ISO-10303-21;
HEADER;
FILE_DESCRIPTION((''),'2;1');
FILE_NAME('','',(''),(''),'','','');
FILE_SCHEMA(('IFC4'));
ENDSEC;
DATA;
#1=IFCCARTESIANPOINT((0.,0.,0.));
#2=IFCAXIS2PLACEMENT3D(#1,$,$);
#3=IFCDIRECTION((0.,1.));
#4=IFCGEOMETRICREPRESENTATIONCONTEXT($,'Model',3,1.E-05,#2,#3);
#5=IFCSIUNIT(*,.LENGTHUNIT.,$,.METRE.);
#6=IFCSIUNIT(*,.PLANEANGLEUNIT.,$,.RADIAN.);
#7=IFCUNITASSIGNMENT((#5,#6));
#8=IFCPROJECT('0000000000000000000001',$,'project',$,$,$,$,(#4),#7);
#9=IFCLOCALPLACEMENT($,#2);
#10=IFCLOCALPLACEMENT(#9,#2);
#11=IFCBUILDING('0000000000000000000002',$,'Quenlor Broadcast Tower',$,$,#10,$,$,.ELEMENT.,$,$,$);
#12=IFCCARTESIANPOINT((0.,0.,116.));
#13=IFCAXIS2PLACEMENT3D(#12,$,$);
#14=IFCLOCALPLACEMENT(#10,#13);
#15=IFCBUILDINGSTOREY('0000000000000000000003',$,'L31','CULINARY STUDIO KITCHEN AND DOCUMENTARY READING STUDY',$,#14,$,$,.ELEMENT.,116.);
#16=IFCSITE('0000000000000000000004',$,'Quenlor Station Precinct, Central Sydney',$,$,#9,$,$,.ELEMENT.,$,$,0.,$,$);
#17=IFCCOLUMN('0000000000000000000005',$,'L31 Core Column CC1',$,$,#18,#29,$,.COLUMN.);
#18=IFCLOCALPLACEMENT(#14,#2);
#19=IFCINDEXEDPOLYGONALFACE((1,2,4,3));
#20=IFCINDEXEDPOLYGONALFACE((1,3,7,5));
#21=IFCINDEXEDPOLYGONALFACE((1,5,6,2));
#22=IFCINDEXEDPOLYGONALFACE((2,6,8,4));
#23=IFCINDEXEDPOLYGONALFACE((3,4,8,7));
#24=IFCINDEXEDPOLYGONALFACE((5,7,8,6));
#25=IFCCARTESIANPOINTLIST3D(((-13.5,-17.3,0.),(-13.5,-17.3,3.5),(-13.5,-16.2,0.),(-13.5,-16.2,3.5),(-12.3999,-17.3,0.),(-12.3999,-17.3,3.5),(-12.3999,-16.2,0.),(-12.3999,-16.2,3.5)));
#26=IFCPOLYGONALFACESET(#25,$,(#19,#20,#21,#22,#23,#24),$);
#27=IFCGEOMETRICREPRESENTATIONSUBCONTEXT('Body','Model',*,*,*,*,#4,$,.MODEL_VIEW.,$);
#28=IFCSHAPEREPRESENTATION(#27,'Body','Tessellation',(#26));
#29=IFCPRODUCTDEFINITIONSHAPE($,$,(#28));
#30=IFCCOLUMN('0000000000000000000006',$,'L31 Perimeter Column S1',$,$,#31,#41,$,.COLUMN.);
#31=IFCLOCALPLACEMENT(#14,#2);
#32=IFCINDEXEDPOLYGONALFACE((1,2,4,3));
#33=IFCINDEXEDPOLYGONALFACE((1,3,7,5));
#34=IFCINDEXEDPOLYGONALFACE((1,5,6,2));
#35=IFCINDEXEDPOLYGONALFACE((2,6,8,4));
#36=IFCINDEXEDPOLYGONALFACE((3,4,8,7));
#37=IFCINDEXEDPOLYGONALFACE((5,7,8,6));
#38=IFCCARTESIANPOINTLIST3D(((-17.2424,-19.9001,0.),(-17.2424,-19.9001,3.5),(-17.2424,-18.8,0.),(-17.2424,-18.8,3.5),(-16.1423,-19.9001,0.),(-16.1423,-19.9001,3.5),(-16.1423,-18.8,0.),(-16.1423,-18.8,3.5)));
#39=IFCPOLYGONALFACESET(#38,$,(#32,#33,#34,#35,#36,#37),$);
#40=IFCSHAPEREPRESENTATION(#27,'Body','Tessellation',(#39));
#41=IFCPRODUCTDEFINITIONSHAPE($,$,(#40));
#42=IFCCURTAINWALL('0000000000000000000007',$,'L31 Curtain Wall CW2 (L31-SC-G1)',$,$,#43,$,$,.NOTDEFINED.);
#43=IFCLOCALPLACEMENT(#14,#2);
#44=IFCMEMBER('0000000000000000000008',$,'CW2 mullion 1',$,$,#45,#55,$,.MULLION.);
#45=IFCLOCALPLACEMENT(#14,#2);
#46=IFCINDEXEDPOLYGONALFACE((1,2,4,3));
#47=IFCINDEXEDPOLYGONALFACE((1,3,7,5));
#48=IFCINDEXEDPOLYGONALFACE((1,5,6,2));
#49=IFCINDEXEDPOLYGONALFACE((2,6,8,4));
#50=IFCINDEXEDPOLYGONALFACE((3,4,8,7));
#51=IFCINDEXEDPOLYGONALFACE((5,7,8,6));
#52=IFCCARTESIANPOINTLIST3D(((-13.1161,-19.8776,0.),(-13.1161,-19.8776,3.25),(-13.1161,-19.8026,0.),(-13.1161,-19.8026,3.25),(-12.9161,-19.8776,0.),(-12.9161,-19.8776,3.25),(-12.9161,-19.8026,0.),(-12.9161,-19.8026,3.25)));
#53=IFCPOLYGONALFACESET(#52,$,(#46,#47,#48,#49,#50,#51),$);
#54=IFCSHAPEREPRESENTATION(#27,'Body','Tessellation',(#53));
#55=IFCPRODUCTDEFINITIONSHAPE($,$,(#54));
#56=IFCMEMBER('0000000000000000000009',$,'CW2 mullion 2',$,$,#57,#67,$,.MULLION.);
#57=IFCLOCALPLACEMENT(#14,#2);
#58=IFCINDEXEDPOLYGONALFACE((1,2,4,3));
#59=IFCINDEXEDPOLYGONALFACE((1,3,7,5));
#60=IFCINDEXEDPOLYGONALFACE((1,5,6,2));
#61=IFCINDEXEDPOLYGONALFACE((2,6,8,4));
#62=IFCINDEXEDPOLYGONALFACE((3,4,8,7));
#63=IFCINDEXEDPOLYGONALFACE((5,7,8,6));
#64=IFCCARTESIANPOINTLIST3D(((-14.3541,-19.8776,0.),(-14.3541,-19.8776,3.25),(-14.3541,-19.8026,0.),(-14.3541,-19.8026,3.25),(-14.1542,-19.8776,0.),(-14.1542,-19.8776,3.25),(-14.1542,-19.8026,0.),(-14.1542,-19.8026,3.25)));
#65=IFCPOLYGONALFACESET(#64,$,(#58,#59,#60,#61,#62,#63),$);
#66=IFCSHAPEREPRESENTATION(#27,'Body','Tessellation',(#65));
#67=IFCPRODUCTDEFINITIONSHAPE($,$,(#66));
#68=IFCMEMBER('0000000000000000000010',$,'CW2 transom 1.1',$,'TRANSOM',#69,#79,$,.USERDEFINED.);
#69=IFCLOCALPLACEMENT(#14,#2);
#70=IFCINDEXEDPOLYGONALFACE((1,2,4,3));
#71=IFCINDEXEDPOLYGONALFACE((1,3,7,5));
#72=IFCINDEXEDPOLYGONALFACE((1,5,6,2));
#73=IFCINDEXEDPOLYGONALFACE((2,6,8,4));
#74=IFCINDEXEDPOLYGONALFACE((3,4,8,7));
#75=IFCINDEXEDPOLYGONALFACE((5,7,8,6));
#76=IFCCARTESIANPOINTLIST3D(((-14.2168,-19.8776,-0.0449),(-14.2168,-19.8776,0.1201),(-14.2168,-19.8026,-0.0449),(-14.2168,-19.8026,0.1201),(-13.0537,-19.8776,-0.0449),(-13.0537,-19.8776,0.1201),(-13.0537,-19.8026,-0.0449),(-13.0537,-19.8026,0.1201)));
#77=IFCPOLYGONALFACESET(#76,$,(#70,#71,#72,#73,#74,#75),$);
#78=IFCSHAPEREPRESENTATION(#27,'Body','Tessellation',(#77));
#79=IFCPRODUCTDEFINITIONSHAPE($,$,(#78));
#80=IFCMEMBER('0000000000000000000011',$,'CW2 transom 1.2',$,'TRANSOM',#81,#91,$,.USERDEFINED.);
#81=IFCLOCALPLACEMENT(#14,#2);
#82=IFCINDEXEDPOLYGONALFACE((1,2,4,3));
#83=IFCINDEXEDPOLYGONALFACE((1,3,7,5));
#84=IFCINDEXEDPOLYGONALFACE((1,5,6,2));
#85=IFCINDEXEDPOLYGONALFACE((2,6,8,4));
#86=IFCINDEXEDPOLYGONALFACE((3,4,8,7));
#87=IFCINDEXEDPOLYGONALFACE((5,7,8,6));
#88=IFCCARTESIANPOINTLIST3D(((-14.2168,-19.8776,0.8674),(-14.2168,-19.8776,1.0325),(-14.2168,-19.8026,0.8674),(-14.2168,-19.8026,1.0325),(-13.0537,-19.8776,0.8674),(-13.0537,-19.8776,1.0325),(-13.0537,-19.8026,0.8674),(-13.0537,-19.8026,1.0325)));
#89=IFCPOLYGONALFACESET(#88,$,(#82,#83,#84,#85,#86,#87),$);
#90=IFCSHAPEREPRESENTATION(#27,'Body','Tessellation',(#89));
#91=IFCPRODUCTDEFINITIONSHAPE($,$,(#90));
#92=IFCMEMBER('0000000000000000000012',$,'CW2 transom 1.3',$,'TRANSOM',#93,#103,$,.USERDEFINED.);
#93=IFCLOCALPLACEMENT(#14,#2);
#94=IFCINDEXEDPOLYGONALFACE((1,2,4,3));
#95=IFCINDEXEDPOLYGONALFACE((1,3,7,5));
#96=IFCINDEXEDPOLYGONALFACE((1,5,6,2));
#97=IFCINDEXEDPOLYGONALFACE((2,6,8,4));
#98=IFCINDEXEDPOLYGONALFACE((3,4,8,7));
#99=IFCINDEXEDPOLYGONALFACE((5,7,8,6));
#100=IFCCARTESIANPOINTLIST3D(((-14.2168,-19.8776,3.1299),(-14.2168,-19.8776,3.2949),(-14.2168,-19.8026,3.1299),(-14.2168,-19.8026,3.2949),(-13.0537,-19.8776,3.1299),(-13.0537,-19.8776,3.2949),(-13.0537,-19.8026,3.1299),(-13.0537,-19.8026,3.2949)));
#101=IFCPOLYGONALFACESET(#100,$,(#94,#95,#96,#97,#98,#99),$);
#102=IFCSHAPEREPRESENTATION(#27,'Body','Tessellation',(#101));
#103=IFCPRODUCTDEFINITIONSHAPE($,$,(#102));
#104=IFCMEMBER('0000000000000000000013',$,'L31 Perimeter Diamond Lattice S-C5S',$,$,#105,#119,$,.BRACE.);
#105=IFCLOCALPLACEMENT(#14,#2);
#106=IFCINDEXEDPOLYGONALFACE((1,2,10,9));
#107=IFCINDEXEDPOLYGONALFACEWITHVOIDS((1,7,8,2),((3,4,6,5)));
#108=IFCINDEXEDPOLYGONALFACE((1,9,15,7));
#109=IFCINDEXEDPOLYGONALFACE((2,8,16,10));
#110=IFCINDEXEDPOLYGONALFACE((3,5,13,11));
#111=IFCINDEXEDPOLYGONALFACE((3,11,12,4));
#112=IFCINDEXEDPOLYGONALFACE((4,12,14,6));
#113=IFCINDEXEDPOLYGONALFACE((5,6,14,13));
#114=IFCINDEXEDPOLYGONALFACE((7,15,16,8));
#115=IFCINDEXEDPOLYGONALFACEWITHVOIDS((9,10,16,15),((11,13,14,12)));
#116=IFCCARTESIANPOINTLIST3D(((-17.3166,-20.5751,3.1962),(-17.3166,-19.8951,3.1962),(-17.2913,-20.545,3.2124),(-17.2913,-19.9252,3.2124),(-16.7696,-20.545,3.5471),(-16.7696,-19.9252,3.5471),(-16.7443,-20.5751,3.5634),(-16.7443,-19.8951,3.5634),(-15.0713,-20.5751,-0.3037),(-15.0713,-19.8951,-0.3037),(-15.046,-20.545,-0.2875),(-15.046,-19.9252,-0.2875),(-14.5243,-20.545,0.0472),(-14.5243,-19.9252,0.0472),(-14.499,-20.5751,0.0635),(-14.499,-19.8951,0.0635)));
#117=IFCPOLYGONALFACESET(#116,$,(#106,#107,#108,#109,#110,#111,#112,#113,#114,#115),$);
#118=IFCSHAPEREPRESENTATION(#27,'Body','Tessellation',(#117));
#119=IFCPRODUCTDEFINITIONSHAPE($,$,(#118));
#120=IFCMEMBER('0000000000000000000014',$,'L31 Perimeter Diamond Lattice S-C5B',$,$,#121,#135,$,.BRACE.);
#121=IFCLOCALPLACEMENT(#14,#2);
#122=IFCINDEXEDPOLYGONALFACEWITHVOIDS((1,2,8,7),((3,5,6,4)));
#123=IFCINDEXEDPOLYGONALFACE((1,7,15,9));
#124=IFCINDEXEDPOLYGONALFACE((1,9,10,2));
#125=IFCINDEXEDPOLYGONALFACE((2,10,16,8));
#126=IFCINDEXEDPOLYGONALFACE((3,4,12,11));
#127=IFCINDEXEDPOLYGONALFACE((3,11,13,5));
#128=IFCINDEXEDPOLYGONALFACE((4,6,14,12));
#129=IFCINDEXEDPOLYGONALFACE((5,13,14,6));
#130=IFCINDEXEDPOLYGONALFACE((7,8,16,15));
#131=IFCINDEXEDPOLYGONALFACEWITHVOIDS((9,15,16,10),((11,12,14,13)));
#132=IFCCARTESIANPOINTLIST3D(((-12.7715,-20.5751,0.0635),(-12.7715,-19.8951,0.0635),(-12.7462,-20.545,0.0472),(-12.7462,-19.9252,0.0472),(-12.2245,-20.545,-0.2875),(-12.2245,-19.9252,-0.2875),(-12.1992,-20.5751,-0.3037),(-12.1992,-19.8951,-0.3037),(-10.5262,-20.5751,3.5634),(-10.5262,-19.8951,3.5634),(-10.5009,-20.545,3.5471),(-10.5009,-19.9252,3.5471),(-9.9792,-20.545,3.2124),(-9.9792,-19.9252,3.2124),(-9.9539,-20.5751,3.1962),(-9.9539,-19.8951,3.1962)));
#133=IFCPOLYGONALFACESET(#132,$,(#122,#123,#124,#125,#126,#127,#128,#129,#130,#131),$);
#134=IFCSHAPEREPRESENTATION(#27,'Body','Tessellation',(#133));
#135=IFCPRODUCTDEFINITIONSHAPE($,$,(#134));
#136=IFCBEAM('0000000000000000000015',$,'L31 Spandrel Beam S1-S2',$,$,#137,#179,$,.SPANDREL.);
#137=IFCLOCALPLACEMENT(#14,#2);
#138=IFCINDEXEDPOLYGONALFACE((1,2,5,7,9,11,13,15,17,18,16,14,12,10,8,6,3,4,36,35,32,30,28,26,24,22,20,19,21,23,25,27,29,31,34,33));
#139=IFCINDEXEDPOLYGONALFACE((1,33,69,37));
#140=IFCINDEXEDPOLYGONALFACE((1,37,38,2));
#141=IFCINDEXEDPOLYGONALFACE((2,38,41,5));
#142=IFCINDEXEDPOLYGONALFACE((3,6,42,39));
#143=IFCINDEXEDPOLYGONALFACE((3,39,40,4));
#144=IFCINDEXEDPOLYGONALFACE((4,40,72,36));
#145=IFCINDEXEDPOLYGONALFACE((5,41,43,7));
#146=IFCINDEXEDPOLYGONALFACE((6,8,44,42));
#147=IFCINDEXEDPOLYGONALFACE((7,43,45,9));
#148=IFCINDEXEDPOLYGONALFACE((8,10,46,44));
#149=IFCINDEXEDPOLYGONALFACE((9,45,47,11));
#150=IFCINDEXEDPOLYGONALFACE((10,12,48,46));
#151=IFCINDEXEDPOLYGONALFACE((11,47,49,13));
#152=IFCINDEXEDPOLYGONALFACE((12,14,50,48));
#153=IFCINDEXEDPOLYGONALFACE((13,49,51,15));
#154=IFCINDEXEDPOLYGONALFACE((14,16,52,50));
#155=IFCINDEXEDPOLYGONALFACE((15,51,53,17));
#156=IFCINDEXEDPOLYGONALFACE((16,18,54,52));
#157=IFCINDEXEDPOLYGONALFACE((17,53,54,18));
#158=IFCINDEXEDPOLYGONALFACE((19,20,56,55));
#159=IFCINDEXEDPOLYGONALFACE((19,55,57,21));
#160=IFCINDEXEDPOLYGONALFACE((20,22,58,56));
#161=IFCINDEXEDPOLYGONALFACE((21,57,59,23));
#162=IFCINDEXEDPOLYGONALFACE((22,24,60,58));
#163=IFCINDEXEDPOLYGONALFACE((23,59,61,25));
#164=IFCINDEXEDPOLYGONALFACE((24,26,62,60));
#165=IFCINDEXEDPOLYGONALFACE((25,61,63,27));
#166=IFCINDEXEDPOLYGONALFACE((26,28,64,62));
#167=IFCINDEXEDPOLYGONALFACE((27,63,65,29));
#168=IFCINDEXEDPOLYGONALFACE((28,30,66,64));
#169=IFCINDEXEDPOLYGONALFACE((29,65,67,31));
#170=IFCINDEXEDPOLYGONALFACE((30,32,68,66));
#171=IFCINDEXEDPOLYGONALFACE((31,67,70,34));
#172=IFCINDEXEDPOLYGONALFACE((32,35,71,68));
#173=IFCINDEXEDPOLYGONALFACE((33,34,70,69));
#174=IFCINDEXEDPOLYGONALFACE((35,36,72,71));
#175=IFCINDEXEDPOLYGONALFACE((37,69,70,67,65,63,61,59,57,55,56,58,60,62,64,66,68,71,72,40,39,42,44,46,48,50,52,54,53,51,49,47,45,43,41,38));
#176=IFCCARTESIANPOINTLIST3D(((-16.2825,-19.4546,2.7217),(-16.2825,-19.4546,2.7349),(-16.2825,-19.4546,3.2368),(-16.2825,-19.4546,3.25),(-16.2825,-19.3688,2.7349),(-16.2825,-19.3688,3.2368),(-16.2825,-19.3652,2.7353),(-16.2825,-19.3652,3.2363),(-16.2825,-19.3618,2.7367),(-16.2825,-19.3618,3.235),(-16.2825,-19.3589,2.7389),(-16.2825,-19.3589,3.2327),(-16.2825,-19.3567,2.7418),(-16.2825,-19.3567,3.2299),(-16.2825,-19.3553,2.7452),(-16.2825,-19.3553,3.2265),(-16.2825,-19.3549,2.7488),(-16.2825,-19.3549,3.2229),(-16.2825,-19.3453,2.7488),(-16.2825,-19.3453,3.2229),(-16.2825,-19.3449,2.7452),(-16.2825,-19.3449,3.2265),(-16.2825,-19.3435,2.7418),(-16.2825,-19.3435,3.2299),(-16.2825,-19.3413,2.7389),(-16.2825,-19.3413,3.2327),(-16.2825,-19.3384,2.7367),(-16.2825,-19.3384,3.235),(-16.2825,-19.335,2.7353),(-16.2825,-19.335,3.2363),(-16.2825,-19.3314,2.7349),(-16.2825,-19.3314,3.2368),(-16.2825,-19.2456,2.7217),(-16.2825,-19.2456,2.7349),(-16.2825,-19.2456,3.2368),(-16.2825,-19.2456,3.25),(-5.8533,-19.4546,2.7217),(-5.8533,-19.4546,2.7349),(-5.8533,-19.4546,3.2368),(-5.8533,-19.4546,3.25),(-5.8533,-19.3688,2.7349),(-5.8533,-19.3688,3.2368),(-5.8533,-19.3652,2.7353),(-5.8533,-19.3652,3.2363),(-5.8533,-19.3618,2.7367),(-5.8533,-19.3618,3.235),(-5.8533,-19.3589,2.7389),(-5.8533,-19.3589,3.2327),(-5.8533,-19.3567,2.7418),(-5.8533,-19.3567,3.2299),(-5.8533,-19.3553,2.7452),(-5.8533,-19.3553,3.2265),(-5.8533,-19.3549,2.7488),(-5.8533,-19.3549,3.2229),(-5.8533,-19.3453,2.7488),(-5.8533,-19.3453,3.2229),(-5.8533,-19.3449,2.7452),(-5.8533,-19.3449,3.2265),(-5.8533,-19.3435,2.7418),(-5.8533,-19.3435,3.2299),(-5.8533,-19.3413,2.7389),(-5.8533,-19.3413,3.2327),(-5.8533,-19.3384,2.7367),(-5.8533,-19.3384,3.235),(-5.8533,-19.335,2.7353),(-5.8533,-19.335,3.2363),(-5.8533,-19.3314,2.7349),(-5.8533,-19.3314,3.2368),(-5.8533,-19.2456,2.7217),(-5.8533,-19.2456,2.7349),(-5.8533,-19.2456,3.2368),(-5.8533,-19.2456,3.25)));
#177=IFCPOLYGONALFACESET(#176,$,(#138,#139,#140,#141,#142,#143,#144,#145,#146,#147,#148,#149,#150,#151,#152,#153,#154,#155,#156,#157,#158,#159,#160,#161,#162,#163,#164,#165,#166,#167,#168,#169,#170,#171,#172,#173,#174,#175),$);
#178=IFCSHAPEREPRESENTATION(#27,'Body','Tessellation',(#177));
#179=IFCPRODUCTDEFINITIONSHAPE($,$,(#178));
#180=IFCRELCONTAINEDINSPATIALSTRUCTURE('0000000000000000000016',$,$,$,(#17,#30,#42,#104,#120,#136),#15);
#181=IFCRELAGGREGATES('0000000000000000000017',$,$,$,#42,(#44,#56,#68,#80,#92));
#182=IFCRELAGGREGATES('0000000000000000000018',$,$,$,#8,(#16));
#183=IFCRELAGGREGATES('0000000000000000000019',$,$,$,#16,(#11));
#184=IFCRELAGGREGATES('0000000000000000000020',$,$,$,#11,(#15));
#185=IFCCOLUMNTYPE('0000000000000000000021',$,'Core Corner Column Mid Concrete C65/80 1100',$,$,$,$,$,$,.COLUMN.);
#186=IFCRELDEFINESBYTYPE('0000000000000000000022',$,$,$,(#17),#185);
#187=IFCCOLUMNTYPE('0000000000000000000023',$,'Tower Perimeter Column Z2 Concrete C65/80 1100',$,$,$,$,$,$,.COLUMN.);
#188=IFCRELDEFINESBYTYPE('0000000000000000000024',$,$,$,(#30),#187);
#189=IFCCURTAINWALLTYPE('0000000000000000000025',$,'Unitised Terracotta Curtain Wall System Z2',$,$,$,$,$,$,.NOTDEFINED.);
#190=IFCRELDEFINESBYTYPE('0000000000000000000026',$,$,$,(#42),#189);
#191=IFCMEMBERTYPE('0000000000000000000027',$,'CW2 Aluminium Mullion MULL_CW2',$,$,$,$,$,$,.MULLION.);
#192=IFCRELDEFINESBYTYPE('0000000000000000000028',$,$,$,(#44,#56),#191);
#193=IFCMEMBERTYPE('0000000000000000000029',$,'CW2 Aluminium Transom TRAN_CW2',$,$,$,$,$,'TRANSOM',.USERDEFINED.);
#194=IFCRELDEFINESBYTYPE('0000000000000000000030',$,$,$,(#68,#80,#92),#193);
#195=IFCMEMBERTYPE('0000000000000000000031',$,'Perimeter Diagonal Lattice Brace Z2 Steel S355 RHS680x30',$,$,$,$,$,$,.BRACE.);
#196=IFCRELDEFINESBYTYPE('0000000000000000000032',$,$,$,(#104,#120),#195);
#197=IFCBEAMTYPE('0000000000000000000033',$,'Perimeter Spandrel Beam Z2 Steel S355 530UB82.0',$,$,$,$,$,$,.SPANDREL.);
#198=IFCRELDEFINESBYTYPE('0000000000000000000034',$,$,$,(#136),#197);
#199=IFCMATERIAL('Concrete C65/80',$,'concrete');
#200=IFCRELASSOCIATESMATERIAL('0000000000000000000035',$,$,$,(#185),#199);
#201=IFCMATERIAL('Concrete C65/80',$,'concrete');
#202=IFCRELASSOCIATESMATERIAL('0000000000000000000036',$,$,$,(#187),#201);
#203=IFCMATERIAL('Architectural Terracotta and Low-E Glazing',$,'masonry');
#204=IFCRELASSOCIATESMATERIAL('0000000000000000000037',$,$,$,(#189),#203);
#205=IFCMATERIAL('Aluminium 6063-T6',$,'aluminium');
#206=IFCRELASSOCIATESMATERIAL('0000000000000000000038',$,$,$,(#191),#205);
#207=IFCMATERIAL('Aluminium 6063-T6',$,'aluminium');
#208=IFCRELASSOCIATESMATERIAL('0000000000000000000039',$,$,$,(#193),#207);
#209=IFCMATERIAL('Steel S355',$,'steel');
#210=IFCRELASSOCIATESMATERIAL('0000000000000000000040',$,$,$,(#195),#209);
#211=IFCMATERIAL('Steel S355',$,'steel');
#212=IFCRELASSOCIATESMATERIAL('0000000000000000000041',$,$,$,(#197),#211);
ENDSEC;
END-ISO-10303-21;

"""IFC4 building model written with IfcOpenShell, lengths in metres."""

from ifc_helpers import new_model, si_unit, direction, frame, origin, origin_2d, place, context, subcontext, project, spatial, rectangle, hollow_rectangle, i_section, extrude, material, material_profile, profile_set, type_object, element, aggregate, save


model = new_model("IFC4")

# Units and contexts
model_context = context("Model", 3, precision=1e-05, world=origin(), true_north=direction((0.0, 1.0)))
body_context = subcontext(model_context, "Body", "Model", "MODEL_VIEW")
ifc_project = project(units=[si_unit("LENGTHUNIT", "METRE"), si_unit("PLANEANGLEUNIT", "RADIAN")], contexts=[model_context])

# Site, building, storey
site_placement = place(None, origin())
site = spatial("IfcSite", under=ifc_project, at=site_placement, Name="Quenlor Station Precinct, Central Sydney", CompositionType="ELEMENT", RefElevation=0.0)
building_placement = place(site_placement, origin())
building = spatial("IfcBuilding", under=site, at=building_placement, Name="Quenlor Broadcast Tower", CompositionType="ELEMENT")
storey_placement = place(building_placement, frame((0.0, 0.0, 116.0)))
storey = spatial("IfcBuildingStorey", under=building, at=storey_placement, Name="L31", Description="CULINARY STUDIO KITCHEN AND DOCUMENTARY READING STUDY", CompositionType="ELEMENT", Elevation=116.0)

# Columns
ifc_material_1 = material(Name="Concrete C65/80", Category="concrete")
ifc_material_profile_1 = material_profile(ifc_material_1, rectangle(XDim=1.1001, YDim=1.1001, at=origin_2d()))
ifc_profile_set_1 = profile_set([ifc_material_profile_1], Name="Concrete C65/80 RC1100x1100")
column_type_1 = type_object("IfcColumnType", Name="Core Corner Column Mid Concrete C65/80 1100", PredefinedType="COLUMN", material=ifc_profile_set_1)
column_1_placement = place(storey_placement, frame((-12.95, -16.75, 0.0), z_axis=(0.0, 0.0, 1.0), x_axis=(1.0, 0.0, 0.0)))
element("IfcColumn", 1, at=column_1_placement, inside=storey, type_object=column_type_1, Name="L31 Core Column CC1", PredefinedType="COLUMN", context=body_context, shape_type="SweptSolid", body=[
    extrude(rectangle(XDim=1.1001, YDim=1.1001, at=origin_2d()), origin(), (0.0, 0.0, 1.0), 3.5),
])
ifc_material_2 = material(Name="Concrete C65/80", Category="concrete")
ifc_material_profile_2 = material_profile(ifc_material_2, rectangle(XDim=1.1001, YDim=1.1001, at=origin_2d()))
ifc_profile_set_2 = profile_set([ifc_material_profile_2], Name="Concrete C65/80 RC1100x1100")
column_type_2 = type_object("IfcColumnType", Name="Tower Perimeter Column Z2 Concrete C65/80 1100", PredefinedType="COLUMN", material=ifc_profile_set_2)
column_2_placement = place(storey_placement, frame((-16.6924, -19.3501, 0.0), z_axis=(0.0, 0.0, 1.0), x_axis=(0.0, 1.0, 0.0)))
element("IfcColumn", 2, at=column_2_placement, inside=storey, type_object=column_type_2, Name="L31 Perimeter Column S1", PredefinedType="COLUMN", context=body_context, shape_type="SweptSolid", body=[
    extrude(rectangle(XDim=1.1001, YDim=1.1001, at=origin_2d()), origin(), (0.0, 0.0, 1.0), 3.5),
])

# Curtain wall, members
ifc_material_3 = material(Name="Architectural Terracotta and Low-E Glazing", Category="masonry")
curtain_wall_type = type_object("IfcCurtainWallType", Name="Unitised Terracotta Curtain Wall System Z2", PredefinedType="NOTDEFINED", material=ifc_material_3)
curtain_wall_placement = place(storey_placement, origin())
curtain_wall = element("IfcCurtainWall", 3, at=curtain_wall_placement, inside=storey, type_object=curtain_wall_type, Name="L31 Curtain Wall CW2 (L31-SC-G1)", PredefinedType="NOTDEFINED")
ifc_material_4 = material(Name="Aluminium 6063-T6", Category="aluminium")
ifc_material_profile_3 = material_profile(ifc_material_4, rectangle(XDim=0.075, YDim=0.2, at=origin_2d()))
ifc_profile_set_3 = profile_set([ifc_material_profile_3], Name="Aluminium 6063-T6 MULL75x200")
member_type_1 = type_object("IfcMemberType", Name="CW2 Aluminium Mullion MULL_CW2", PredefinedType="MULLION", material=ifc_profile_set_3)
member_1_placement = place(storey_placement, frame((-13.0161, -19.8401, 0.0), z_axis=(0.0, 0.0, 1.0), x_axis=(0.0, -1.0, 0.0)))
member_1 = element("IfcMember", 4, at=member_1_placement, type_object=member_type_1, Name="CW2 mullion 1", PredefinedType="MULLION", context=body_context, shape_type="SweptSolid", body=[
    extrude(rectangle(XDim=0.075, YDim=0.2, at=origin_2d()), origin(), (0.0, 0.0, 1.0), 3.25),
])
member_2_placement = place(storey_placement, frame((-14.2542, -19.8401, 0.0), z_axis=(0.0, 0.0, 1.0), x_axis=(0.0, -1.0, 0.0)))
member_2 = element("IfcMember", 5, at=member_2_placement, type_object=member_type_1, Name="CW2 mullion 2", PredefinedType="MULLION", context=body_context, shape_type="SweptSolid", body=[
    extrude(rectangle(XDim=0.075, YDim=0.2, at=origin_2d()), origin(), (0.0, 0.0, 1.0), 3.25),
])
ifc_material_5 = material(Name="Aluminium 6063-T6", Category="aluminium")
ifc_material_profile_4 = material_profile(ifc_material_5, rectangle(XDim=0.075, YDim=0.165, at=origin_2d()))
ifc_profile_set_4 = profile_set([ifc_material_profile_4], Name="Aluminium 6063-T6 TRAN75x165")
member_type_2 = type_object("IfcMemberType", Name="CW2 Aluminium Transom TRAN_CW2", ElementType="TRANSOM", PredefinedType="USERDEFINED", material=ifc_profile_set_4)
member_3_placement = place(storey_placement, frame((-13.0537, -19.8401, 0.0376), z_axis=(-1.0, 0.0, 0.0), x_axis=(0.0, -1.0, 0.0)))
member_3 = element("IfcMember", 6, at=member_3_placement, type_object=member_type_2, Name="CW2 transom 1.1", ObjectType="TRANSOM", PredefinedType="USERDEFINED", context=body_context, shape_type="SweptSolid", body=[
    extrude(rectangle(XDim=0.075, YDim=0.165, at=origin_2d()), origin(), (0.0, 0.0, 1.0), 1.1631),
])
member_4_placement = place(storey_placement, frame((-13.0537, -19.8401, 0.95), z_axis=(-1.0, 0.0, 0.0), x_axis=(0.0, -1.0, 0.0)))
member_4 = element("IfcMember", 7, at=member_4_placement, type_object=member_type_2, Name="CW2 transom 1.2", ObjectType="TRANSOM", PredefinedType="USERDEFINED", context=body_context, shape_type="SweptSolid", body=[
    extrude(rectangle(XDim=0.075, YDim=0.165, at=origin_2d()), origin(), (0.0, 0.0, 1.0), 1.1631),
])
member_5_placement = place(storey_placement, frame((-13.0537, -19.8401, 3.2124), z_axis=(-1.0, 0.0, 0.0), x_axis=(0.0, -1.0, 0.0)))
member_5 = element("IfcMember", 8, at=member_5_placement, type_object=member_type_2, Name="CW2 transom 1.3", ObjectType="TRANSOM", PredefinedType="USERDEFINED", context=body_context, shape_type="SweptSolid", body=[
    extrude(rectangle(XDim=0.075, YDim=0.165, at=origin_2d()), origin(), (0.0, 0.0, 1.0), 1.1631),
])

# Members
ifc_material_6 = material(Name="Steel S355", Category="steel")
ifc_material_profile_5 = material_profile(ifc_material_6, hollow_rectangle(XDim=0.6799, YDim=0.6799, WallThickness=0.03, at=origin_2d()))
ifc_profile_set_5 = profile_set([ifc_material_profile_5], Name="Steel S355 RHS680x680x30")
member_type_3 = type_object("IfcMemberType", Name="Perimeter Diagonal Lattice Brace Z2 Steel S355 RHS680x30", PredefinedType="BRACE", material=ifc_profile_set_5)
for number, where, z_axis, x_axis, name in (
    (9, (-14.7852, -20.2351, -0.1201), (-0.539968, 0.0, 0.841686), (0.0, -1.0, 0.0), "L31 Perimeter Diamond Lattice S-C5S"),
    (10, (-12.4854, -20.2351, -0.1201), (0.539968, 0.0, 0.841686), (0.0, 1.0, 0.0), "L31 Perimeter Diamond Lattice S-C5B"),
):
    element("IfcMember", number, at=place(storey_placement, frame(where, z_axis=z_axis, x_axis=x_axis)), inside=storey, type_object=member_type_3, Name=name, PredefinedType="BRACE", context=body_context, shape_type="SweptSolid", body=[
        extrude(hollow_rectangle(XDim=0.6799, YDim=0.6799, WallThickness=0.03, at=origin_2d()), origin(), (0.0, 0.0, 1.0), 4.1582),
    ])

# Beam
ifc_material_7 = material(Name="Steel S355", Category="steel")
ifc_material_profile_6 = material_profile(ifc_material_7, i_section(OverallWidth=0.209, OverallDepth=0.5283, WebThickness=0.0095, FlangeThickness=0.0132, FilletRadius=0.0139, at=origin_2d()))
ifc_profile_set_6 = profile_set([ifc_material_profile_6], Name="Steel S355 530UB82.0")
beam_type_1 = type_object("IfcBeamType", Name="Perimeter Spandrel Beam Z2 Steel S355 530UB82.0", PredefinedType="SPANDREL", material=ifc_profile_set_6)
beam_1_placement = place(storey_placement, frame((-16.2825, -19.3501, 2.9858), z_axis=(1.0, 0.0, 0.0), x_axis=(0.0, 1.0, 0.0)))
element("IfcBeam", 11, at=beam_1_placement, inside=storey, type_object=beam_type_1, Name="L31 Spandrel Beam S1-S2", PredefinedType="SPANDREL", context=body_context, shape_type="SweptSolid", body=[
    extrude(i_section(OverallWidth=0.209, OverallDepth=0.5283, WebThickness=0.0095, FlangeThickness=0.0132, FilletRadius=0.0139, at=origin_2d()), origin(), (0.0, 0.0, 1.0), 10.4292),
])

aggregate(curtain_wall, [member_1, member_2, member_3, member_4, member_5])

save(model, "model.ifc")
